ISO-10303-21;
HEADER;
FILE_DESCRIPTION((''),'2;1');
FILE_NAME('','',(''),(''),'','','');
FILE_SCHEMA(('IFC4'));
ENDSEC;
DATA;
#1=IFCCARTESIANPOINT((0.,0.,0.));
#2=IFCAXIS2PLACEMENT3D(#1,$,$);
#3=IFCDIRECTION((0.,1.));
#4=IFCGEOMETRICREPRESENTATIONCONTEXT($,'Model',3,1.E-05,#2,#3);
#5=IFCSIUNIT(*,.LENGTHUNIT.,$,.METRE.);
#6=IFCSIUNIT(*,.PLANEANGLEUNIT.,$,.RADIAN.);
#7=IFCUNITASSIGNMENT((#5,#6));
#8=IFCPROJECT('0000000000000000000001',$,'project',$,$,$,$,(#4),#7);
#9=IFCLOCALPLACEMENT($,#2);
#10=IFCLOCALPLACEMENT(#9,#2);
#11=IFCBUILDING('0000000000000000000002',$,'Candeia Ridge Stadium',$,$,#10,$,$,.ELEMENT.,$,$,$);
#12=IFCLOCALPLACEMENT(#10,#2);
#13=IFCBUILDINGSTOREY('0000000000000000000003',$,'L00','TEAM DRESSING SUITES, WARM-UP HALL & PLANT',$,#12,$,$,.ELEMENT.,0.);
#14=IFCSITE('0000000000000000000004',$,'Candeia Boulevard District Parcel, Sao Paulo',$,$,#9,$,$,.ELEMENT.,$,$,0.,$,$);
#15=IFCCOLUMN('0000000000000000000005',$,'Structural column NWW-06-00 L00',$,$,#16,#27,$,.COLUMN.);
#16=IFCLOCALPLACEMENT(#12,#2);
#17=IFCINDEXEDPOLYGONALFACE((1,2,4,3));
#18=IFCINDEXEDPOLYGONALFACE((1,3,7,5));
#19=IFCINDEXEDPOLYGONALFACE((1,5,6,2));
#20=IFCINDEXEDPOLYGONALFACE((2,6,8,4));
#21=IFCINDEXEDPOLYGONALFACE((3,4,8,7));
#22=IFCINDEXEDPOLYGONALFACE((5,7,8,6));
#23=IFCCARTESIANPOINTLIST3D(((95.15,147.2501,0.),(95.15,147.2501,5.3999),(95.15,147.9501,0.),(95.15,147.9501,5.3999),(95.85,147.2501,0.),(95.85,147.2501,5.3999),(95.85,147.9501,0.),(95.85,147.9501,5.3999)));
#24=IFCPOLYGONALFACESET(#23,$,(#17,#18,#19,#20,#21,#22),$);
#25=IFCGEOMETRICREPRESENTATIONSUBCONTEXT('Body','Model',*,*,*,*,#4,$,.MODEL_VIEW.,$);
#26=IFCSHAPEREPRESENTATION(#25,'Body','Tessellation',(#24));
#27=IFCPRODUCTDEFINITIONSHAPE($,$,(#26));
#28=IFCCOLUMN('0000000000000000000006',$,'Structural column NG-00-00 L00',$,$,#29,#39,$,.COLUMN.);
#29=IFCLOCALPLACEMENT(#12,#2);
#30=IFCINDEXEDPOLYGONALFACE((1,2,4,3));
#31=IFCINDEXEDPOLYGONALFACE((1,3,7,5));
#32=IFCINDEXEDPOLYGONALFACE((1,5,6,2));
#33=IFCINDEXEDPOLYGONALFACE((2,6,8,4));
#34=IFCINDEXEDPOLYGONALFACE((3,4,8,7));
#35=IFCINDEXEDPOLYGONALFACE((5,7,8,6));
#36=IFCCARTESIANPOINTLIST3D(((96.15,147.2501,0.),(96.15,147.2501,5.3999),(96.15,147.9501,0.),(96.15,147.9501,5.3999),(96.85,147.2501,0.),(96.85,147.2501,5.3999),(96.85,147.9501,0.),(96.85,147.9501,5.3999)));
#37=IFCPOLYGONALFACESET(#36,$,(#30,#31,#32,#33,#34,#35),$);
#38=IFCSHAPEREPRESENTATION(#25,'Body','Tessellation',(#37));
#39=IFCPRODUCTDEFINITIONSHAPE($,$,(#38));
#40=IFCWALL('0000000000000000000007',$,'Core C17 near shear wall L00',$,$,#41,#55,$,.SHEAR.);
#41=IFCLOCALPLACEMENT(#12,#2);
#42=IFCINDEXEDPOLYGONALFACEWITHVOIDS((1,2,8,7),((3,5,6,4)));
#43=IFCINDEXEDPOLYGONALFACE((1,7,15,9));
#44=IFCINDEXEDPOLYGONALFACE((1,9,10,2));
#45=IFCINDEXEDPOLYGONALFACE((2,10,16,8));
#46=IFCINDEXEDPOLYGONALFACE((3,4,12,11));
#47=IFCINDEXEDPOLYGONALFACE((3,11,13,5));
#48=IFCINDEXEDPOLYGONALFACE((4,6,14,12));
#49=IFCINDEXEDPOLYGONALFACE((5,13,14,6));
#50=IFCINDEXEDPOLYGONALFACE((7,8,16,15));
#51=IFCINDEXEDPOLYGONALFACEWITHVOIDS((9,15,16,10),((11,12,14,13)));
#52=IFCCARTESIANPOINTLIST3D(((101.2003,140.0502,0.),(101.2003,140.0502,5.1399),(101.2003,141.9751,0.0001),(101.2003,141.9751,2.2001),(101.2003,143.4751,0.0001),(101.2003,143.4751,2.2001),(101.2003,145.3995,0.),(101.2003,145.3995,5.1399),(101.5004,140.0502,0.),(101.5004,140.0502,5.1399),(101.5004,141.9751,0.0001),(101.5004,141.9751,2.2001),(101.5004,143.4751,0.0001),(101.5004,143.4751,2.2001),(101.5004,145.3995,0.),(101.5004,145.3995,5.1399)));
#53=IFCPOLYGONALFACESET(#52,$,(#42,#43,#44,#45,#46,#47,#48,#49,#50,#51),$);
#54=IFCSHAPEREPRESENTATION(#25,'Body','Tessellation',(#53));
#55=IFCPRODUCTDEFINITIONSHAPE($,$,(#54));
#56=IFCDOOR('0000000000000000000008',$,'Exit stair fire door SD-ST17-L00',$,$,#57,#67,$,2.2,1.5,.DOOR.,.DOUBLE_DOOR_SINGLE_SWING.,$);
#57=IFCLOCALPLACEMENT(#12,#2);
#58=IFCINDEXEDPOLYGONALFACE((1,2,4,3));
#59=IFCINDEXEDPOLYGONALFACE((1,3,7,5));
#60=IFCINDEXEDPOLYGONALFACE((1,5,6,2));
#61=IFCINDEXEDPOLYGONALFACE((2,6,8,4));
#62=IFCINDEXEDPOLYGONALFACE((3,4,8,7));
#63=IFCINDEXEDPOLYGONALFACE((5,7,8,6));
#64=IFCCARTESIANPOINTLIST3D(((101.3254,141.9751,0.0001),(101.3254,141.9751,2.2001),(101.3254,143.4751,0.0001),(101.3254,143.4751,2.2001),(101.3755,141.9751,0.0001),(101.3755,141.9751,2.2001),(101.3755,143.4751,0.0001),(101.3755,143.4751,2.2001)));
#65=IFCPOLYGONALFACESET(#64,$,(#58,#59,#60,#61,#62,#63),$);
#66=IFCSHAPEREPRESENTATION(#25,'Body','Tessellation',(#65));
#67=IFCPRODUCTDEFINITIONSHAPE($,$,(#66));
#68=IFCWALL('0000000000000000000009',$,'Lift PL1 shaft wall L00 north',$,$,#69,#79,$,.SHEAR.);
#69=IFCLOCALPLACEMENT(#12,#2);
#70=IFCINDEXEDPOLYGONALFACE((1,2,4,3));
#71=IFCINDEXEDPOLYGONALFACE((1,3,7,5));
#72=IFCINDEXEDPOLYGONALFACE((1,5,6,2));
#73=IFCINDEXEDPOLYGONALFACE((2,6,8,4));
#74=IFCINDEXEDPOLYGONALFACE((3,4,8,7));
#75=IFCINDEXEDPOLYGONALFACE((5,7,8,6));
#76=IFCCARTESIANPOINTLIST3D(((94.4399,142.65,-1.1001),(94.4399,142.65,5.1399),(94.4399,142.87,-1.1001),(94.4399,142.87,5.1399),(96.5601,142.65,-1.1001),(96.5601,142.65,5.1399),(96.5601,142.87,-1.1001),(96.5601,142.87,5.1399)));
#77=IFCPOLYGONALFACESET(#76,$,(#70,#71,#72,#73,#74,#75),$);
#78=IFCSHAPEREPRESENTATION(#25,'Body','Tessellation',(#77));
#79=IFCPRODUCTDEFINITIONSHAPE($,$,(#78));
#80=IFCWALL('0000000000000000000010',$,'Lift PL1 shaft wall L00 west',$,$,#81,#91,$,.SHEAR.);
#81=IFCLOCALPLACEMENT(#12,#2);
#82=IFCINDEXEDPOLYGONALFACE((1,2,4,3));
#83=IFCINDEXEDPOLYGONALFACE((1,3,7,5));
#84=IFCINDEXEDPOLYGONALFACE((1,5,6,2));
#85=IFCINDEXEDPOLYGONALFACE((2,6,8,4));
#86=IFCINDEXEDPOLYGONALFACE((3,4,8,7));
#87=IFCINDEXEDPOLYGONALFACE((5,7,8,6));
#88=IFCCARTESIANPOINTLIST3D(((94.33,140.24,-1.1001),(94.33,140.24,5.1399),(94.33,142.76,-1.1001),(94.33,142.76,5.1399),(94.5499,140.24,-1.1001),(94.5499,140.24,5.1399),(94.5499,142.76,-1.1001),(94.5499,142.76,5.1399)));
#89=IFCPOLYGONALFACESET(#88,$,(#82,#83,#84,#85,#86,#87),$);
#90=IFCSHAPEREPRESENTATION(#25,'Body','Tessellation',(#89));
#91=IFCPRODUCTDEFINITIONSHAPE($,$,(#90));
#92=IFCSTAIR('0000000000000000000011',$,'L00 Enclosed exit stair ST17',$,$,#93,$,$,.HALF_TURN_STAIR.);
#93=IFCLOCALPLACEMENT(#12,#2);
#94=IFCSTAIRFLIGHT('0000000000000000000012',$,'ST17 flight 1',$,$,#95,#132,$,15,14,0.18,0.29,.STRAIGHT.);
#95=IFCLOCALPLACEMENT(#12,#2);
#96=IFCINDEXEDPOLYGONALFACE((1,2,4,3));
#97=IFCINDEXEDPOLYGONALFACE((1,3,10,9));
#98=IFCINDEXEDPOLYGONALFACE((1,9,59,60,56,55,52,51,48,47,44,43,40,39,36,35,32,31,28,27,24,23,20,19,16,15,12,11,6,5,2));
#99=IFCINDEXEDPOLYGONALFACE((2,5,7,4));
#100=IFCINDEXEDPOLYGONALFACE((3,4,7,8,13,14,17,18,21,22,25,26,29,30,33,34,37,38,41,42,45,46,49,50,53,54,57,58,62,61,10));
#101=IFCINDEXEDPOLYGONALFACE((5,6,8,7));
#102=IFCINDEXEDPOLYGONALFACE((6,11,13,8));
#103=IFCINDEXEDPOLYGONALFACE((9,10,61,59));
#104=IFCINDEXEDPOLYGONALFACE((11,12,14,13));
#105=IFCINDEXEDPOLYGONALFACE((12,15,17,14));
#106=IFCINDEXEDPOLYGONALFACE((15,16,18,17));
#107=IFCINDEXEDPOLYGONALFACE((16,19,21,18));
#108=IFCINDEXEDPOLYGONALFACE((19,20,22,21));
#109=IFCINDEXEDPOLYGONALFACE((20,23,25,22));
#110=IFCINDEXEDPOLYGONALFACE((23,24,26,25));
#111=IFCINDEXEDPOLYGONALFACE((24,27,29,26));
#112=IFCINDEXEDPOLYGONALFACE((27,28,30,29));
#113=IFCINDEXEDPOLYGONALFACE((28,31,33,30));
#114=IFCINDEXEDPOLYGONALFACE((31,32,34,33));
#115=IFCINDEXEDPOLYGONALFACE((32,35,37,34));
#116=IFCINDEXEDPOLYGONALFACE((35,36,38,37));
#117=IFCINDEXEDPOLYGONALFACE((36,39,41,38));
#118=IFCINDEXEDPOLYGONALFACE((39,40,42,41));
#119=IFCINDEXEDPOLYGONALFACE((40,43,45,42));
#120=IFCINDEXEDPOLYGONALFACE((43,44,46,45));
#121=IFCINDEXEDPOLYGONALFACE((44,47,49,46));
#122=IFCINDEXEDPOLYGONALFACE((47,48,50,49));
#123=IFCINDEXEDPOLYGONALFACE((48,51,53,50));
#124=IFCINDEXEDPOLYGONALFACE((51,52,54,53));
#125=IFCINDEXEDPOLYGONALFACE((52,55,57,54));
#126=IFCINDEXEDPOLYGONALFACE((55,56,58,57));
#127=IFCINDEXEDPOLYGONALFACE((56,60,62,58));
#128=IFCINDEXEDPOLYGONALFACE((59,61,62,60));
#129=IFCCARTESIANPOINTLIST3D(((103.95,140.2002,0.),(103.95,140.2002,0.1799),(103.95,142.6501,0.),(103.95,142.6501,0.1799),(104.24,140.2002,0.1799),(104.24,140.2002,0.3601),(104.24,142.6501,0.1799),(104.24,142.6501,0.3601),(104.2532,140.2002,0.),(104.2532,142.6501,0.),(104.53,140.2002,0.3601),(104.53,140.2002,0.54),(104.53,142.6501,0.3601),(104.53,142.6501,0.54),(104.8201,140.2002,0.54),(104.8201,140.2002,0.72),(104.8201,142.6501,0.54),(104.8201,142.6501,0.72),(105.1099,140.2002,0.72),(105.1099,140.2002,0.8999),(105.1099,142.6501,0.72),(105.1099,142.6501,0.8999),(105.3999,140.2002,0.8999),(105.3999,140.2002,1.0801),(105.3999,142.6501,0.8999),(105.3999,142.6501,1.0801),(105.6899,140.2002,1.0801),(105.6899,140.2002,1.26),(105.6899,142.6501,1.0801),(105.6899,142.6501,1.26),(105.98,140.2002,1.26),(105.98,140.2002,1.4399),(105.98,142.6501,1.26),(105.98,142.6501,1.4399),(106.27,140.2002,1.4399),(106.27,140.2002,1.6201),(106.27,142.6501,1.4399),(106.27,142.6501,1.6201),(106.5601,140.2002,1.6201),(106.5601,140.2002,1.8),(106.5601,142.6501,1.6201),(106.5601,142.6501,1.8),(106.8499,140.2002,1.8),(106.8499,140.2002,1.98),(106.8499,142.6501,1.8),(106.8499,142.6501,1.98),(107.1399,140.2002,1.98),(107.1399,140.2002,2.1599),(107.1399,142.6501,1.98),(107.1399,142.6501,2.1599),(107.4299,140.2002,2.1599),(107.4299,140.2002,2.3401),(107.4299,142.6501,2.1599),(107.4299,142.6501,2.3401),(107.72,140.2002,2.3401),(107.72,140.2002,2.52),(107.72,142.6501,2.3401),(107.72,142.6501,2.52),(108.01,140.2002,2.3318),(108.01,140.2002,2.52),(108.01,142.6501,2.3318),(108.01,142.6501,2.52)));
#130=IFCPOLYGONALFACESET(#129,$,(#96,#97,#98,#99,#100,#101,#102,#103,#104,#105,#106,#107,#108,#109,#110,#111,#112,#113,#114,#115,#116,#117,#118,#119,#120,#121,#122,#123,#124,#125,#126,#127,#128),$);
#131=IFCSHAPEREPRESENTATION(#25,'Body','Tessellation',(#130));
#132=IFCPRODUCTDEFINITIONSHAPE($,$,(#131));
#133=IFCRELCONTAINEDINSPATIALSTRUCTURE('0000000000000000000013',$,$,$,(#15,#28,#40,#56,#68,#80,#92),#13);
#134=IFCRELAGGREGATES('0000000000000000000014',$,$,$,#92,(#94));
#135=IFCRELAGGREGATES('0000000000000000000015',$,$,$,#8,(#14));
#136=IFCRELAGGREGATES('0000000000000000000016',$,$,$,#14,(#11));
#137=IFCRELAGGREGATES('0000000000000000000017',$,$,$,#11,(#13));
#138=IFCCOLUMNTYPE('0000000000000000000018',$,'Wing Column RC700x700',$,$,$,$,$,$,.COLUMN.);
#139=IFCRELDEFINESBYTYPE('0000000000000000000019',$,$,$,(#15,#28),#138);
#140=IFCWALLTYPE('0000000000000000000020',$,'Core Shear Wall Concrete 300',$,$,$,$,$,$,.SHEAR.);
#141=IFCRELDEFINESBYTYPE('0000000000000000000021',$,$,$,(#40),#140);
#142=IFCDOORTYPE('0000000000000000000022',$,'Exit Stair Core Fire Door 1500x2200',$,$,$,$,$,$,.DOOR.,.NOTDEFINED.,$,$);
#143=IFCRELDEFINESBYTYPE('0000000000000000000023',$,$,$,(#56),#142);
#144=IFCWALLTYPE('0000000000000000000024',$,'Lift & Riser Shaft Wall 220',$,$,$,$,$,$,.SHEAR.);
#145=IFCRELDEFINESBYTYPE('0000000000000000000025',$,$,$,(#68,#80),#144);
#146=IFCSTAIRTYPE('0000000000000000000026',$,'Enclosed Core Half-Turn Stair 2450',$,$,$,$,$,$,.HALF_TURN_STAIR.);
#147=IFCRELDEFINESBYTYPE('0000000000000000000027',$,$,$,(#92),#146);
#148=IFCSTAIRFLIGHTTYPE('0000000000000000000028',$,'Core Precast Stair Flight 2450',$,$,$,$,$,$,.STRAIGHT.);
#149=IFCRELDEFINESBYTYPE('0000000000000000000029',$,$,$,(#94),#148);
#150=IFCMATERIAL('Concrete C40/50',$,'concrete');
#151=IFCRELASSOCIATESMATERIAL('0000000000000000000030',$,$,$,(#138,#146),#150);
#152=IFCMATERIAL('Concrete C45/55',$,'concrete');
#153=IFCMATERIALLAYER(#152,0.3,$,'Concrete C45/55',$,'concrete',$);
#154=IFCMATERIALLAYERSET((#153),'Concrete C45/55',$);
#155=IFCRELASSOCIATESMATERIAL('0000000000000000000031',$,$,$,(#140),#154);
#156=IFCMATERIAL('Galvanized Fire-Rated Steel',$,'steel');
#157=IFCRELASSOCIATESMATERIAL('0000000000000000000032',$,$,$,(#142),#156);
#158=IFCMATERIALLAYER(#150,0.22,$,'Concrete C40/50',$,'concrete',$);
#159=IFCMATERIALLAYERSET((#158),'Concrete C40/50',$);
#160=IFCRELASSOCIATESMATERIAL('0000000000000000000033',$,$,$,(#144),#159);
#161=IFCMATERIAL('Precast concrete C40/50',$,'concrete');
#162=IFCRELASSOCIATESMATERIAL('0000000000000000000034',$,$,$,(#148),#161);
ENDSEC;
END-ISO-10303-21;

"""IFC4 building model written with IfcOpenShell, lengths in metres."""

from ifc_helpers import new_model, si_unit, direction, frame, frame_2d, origin, origin_2d, place, context, subcontext, project, spatial, polyline, rectangle, outline, extrude, material, layer, layer_set, material_profile, profile_set, type_object, element, fill, aggregate, save


model = new_model("IFC4")

# Units and contexts
model_context = context("Model", 3, precision=1e-05, world=origin(), true_north=direction((0.0, 1.0)))
body_context = subcontext(model_context, "Body", "Model", "MODEL_VIEW")
ifc_project = project(units=[si_unit("LENGTHUNIT", "METRE"), si_unit("PLANEANGLEUNIT", "RADIAN")], contexts=[model_context])

# Site, building, storey
site_placement = place(None, origin())
site = spatial("IfcSite", under=ifc_project, at=site_placement, Name="Candeia Boulevard District Parcel, Sao Paulo", CompositionType="ELEMENT", RefElevation=0.0)
building_placement = place(site_placement, origin())
building = spatial("IfcBuilding", under=site, at=building_placement, Name="Candeia Ridge Stadium", CompositionType="ELEMENT")
storey_placement = place(building_placement, origin())
storey = spatial("IfcBuildingStorey", under=building, at=storey_placement, Name="L00", Description="TEAM DRESSING SUITES, WARM-UP HALL & PLANT", CompositionType="ELEMENT", Elevation=0.0)

# Shared definitions
ifc_material_1 = material(Name="Concrete C40/50", Category="concrete")

# Columns
ifc_material_2 = material(Name="Concrete C45/55", Category="concrete")
ifc_material_profile_1 = material_profile(ifc_material_1, rectangle(XDim=0.7, YDim=0.7, at=origin_2d()), Name="RC700x700", Category="concrete")
ifc_profile_set_1 = profile_set([ifc_material_profile_1], Name="Concrete C40/50")
column_type_1 = type_object("IfcColumnType", Name="Wing Column RC700x700", PredefinedType="COLUMN", material=ifc_profile_set_1)
for number, where, z_axis, x_axis, name in (
    (1, (95.5, 147.6001, 0.0), (0.0, 0.0, 1.0), (1.0, 0.0, 0.0), "Structural column NWW-06-00 L00"),
    (2, (96.5, 147.6001, 0.0), (0.0, 0.0, 1.0), (1.0, 0.0, 0.0), "Structural column NG-00-00 L00"),
):
    element("IfcColumn", number, at=place(storey_placement, frame(where, z_axis=z_axis, x_axis=x_axis)), inside=storey, type_object=column_type_1, Name=name, PredefinedType="COLUMN", context=body_context, shape_type="SweptSolid", body=[
        extrude(rectangle(XDim=0.7, YDim=0.7, at=origin_2d()), origin(), (0.0, 0.0, 1.0), 5.3999),
    ])

# Wall, opening, door
ifc_layer_1 = layer(ifc_material_2, 0.3, Name="Concrete C45/55", Category="concrete")
ifc_layer_set_1 = layer_set([ifc_layer_1], Name="Concrete C45/55")
wall_type_1 = type_object("IfcWallType", Name="Core Shear Wall Concrete 300", PredefinedType="SHEAR", material=ifc_layer_set_1)
wall_1_placement = place(storey_placement, frame((101.3503, 145.3997, 0.0), z_axis=(0.0, 0.0, 1.0), x_axis=(0.0, -1.0, 0.0)))
wall_1 = element("IfcWall", 3, at=wall_1_placement, inside=storey, type_object=wall_type_1, Name="Core C17 near shear wall L00", PredefinedType="SHEAR", context=body_context, shape_type="SweptSolid", body=[
    extrude(rectangle(XDim=5.3494, YDim=0.3, at=frame_2d((2.6748, 0.0))), origin(), (0.0, 0.0, 1.0), 5.1399),
])
opening_placement = place(wall_1_placement, frame((1.9246, 0.0, 0.0)))
opening = element("IfcOpeningElement", 4, at=opening_placement, cuts=wall_1, PredefinedType="OPENING", context=body_context, shape_type="SweptSolid", body=[
    extrude(rectangle(XDim=1.5, YDim=2.2, at=frame_2d((0.75, 1.1001))), frame((0.0, 0.1599, 0.0), z_axis=(0.0, -1.0, 0.0), x_axis=(1.0, 0.0, 0.0)), (0.0, 0.0, 1.0), 0.3201),
])
ifc_material_3 = material(Name="Galvanized Fire-Rated Steel", Category="steel")
door_type = type_object("IfcDoorType", Name="Exit Stair Core Fire Door 1500x2200", OperationType="NOTDEFINED", PredefinedType="DOOR", material=ifc_material_3)
door_placement = place(opening_placement, frame((1.5, 0.0, 0.0), z_axis=(0.0, 0.0, 1.0), x_axis=(-1.0, 0.0, 0.0)))
door = element("IfcDoor", 5, at=door_placement, inside=storey, type_object=door_type, Name="Exit stair fire door SD-ST17-L00", OperationType="DOUBLE_DOOR_SINGLE_SWING", OverallHeight=2.2, OverallWidth=1.5, PredefinedType="DOOR", context=body_context, shape_type="SweptSolid", body=[
    extrude(rectangle(XDim=1.5, YDim=2.2, at=frame_2d((0.75, 1.1001))), frame((0.0, 0.0249, 0.0), z_axis=(0.0, -1.0, 0.0), x_axis=(1.0, 0.0, 0.0)), (0.0, 0.0, 1.0), 0.05),
])
fill(opening, door)

# Walls
ifc_layer_2 = layer(ifc_material_1, 0.22, Name="Concrete C40/50", Category="concrete")
ifc_layer_set_2 = layer_set([ifc_layer_2], Name="Concrete C40/50")
wall_type_2 = type_object("IfcWallType", Name="Lift & Riser Shaft Wall 220", PredefinedType="SHEAR", material=ifc_layer_set_2)
wall_2_placement = place(storey_placement, frame((96.5601, 142.76, -1.1001), z_axis=(0.0, 0.0, 1.0), x_axis=(-1.0, 0.0, 0.0)))
element("IfcWall", 6, at=wall_2_placement, inside=storey, type_object=wall_type_2, Name="Lift PL1 shaft wall L00 north", PredefinedType="SHEAR", context=body_context, shape_type="SweptSolid", body=[
    extrude(rectangle(XDim=2.1201, YDim=0.22, at=frame_2d((1.0601, 0.0))), origin(), (0.0, 0.0, 1.0), 6.24),
])
wall_3_placement = place(storey_placement, frame((94.4399, 142.76, -1.1001), z_axis=(0.0, 0.0, 1.0), x_axis=(0.0, -1.0, 0.0)))
element("IfcWall", 7, at=wall_3_placement, inside=storey, type_object=wall_type_2, Name="Lift PL1 shaft wall L00 west", PredefinedType="SHEAR", context=body_context, shape_type="SweptSolid", body=[
    extrude(rectangle(XDim=2.52, YDim=0.22, at=frame_2d((1.26, 0.0))), origin(), (0.0, 0.0, 1.0), 6.24),
])

# Stair, stair flight
stair_type = type_object("IfcStairType", Name="Enclosed Core Half-Turn Stair 2450", PredefinedType="HALF_TURN_STAIR", material=ifc_material_1)
stair_placement = place(storey_placement, origin())
stair = element("IfcStair", 8, at=stair_placement, inside=storey, type_object=stair_type, Name="L00 Enclosed exit stair ST17", PredefinedType="HALF_TURN_STAIR")
ifc_material_4 = material(Name="Precast concrete C40/50", Category="concrete")
stair_flight_type = type_object("IfcStairFlightType", Name="Core Precast Stair Flight 2450", PredefinedType="STRAIGHT", material=ifc_material_4)
stair_flight_placement = place(storey_placement, frame((103.95, 141.425, 0.0), z_axis=(0.0, 0.0, 1.0), x_axis=(1.0, 0.0, 0.0)))
stair_flight = element("IfcStairFlight", 9, at=stair_flight_placement, type_object=stair_flight_type, Name="ST17 flight 1", NumberOfRisers=15, NumberOfTreads=14, PredefinedType="STRAIGHT", RiserHeight=0.18, TreadLength=0.29, context=body_context, shape_type="SweptSolid", body=[
    extrude(outline(polyline([(0.0, 0.0), (0.0, 0.1799), (0.29, 0.1799), (0.29, 0.3601), (0.5801, 0.3601), (0.5801, 0.54), (0.8701, 0.54), (0.8701, 0.72), (1.1599, 0.72), (1.1599, 0.8999), (1.45, 0.8999), (1.45, 1.0801), (1.74, 1.0801), (1.74, 1.26), (2.03, 1.26), (2.03, 1.4399), (2.3201, 1.4399), (2.3201, 1.6201), (2.6101, 1.6201), (2.6101, 1.8), (2.8999, 1.8), (2.8999, 1.98), (3.1899, 1.98), (3.1899, 2.1599), (3.48, 2.1599), (3.48, 2.3401), (3.77, 2.3401), (3.77, 2.52), (4.0601, 2.52), (4.0601, 2.7), (4.0601, 2.3318), (0.3032, 0.0), (0.0, 0.0)])), frame((0.0, 1.2251, 0.0), z_axis=(0.0, -1.0, 0.0), x_axis=(1.0, 0.0, 0.0)), (0.0, 0.0, 1.0), 2.45),
])
aggregate(stair, [stair_flight])

save(model, "model.ifc")
